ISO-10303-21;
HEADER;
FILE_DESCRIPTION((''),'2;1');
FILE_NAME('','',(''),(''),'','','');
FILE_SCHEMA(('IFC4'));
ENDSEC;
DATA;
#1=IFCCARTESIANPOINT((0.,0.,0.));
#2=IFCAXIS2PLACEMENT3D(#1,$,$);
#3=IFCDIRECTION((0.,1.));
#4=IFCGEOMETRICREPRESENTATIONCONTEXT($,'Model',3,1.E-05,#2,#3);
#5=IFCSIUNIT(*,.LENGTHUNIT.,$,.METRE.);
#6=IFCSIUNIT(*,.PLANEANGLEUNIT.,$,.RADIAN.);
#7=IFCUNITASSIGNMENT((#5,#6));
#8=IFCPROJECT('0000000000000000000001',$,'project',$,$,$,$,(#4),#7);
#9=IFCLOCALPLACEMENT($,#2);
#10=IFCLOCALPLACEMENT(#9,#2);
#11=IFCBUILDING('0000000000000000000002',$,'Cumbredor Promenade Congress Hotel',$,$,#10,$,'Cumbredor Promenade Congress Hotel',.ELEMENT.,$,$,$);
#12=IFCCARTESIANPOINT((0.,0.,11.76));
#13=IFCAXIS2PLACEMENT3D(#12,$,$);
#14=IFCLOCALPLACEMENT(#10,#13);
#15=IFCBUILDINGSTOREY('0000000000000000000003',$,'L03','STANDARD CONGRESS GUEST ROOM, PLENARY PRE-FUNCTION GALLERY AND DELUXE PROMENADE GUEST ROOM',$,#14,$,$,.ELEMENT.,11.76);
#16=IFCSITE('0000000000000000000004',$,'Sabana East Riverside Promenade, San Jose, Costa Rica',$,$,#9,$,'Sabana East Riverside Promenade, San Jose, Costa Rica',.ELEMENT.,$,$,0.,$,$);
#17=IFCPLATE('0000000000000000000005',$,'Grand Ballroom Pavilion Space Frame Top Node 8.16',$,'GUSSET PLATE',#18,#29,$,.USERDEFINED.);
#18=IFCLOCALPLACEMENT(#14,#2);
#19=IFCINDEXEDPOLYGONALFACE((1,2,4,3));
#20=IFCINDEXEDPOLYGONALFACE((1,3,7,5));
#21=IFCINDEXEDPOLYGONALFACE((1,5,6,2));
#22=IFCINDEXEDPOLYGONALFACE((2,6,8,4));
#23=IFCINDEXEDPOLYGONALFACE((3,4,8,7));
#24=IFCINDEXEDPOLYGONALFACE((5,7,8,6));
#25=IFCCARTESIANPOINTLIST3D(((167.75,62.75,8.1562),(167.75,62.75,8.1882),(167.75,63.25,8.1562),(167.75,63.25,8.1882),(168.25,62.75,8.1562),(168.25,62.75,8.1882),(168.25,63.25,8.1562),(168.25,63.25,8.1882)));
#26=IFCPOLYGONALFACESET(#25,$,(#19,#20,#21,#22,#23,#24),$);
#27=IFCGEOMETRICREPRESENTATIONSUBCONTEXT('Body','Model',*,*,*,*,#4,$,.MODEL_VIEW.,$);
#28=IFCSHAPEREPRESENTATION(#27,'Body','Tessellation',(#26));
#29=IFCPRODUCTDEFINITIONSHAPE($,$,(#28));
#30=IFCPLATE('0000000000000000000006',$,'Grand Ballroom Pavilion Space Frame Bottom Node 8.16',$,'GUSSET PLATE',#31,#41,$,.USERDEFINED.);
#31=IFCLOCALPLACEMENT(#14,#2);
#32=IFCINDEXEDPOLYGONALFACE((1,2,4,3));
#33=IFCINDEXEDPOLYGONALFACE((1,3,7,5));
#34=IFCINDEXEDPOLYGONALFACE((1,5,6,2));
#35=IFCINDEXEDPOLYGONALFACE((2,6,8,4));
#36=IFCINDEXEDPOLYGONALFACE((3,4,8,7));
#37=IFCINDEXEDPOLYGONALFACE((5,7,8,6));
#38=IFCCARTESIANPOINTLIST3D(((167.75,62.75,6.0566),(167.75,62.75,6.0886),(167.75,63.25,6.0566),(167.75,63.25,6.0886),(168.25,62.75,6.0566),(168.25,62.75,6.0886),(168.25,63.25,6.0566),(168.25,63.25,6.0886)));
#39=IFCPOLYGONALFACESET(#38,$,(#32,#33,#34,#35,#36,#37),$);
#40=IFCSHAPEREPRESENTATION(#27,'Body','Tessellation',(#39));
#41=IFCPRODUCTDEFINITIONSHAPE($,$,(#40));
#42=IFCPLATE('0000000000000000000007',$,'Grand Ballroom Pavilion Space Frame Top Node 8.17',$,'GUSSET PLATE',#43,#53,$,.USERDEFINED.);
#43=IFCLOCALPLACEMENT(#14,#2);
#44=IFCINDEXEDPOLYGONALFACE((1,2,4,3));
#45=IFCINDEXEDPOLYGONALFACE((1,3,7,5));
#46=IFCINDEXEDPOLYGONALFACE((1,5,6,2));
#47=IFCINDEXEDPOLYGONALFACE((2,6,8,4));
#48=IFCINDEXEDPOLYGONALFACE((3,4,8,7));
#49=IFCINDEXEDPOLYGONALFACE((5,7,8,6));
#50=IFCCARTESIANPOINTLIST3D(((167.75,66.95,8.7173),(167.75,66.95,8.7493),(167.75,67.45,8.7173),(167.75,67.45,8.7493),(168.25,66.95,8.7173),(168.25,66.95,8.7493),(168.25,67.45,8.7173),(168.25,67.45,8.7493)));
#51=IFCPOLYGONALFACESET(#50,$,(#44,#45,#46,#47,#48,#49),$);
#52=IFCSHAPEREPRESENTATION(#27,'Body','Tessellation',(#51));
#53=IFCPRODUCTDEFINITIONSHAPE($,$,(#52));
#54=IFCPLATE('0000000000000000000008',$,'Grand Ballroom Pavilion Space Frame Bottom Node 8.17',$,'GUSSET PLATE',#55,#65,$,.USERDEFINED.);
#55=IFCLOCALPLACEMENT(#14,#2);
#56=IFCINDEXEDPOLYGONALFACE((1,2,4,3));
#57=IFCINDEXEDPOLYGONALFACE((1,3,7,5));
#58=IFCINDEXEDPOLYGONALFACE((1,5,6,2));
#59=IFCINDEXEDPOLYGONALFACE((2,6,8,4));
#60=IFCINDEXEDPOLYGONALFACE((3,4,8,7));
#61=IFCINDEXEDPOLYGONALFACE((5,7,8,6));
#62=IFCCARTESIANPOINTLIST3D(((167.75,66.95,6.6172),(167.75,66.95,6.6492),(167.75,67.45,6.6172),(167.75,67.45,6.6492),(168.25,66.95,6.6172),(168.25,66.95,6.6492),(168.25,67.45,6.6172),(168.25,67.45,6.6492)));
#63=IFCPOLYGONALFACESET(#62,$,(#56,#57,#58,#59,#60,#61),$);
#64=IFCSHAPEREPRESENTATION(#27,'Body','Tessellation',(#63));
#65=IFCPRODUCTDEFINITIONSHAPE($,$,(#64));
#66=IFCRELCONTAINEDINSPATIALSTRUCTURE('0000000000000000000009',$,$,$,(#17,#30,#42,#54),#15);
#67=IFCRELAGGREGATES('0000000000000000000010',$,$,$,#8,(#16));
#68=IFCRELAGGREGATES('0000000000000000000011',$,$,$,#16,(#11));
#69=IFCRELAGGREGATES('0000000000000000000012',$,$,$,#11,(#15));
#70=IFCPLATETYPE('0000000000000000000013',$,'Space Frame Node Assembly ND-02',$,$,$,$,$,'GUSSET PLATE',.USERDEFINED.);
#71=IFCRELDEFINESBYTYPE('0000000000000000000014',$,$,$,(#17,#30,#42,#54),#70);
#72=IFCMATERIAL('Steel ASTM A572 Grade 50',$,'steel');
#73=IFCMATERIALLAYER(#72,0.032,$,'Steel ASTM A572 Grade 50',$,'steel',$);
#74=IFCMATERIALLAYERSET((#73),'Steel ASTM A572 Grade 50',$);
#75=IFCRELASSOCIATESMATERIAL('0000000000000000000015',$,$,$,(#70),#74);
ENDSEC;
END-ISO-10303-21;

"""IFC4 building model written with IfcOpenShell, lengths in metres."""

from ifc_helpers import new_model, si_unit, direction, frame, origin, origin_2d, place, context, subcontext, project, spatial, rectangle, extrude, material, layer, layer_set, type_object, element, save


model = new_model("IFC4")

# Units and contexts
model_context = context("Model", 3, precision=1e-05, world=origin(), true_north=direction((0.0, 1.0)))
body_context = subcontext(model_context, "Body", "Model", "MODEL_VIEW")
ifc_project = project(units=[si_unit("LENGTHUNIT", "METRE"), si_unit("PLANEANGLEUNIT", "RADIAN")], contexts=[model_context])

# Site, building, storey
site_placement = place(None, origin())
site = spatial("IfcSite", under=ifc_project, at=site_placement, Name="Sabana East Riverside Promenade, San Jose, Costa Rica", LongName="Sabana East Riverside Promenade, San Jose, Costa Rica", CompositionType="ELEMENT", RefElevation=0.0)
building_placement = place(site_placement, origin())
building = spatial("IfcBuilding", under=site, at=building_placement, Name="Cumbredor Promenade Congress Hotel", LongName="Cumbredor Promenade Congress Hotel", CompositionType="ELEMENT")
storey_placement = place(building_placement, frame((0.0, 0.0, 11.76)))
storey = spatial("IfcBuildingStorey", under=building, at=storey_placement, Name="L03", Description="STANDARD CONGRESS GUEST ROOM, PLENARY PRE-FUNCTION GALLERY AND DELUXE PROMENADE GUEST ROOM", CompositionType="ELEMENT", Elevation=11.76)

# Plates
ifc_material_1 = material(Name="Steel ASTM A572 Grade 50", Category="steel")
ifc_layer_1 = layer(ifc_material_1, 0.032, Name="Steel ASTM A572 Grade 50", Category="steel")
ifc_layer_set_1 = layer_set([ifc_layer_1], Name="Steel ASTM A572 Grade 50")
plate_type_1 = type_object("IfcPlateType", Name="Space Frame Node Assembly ND-02", ElementType="GUSSET PLATE", PredefinedType="USERDEFINED", material=ifc_layer_set_1)
for number, where, z_axis, x_axis, name in (
    (1, (168.0, 63.0, 8.1562), (0.0, 0.0, 1.0), (1.0, 0.0, 0.0), "Grand Ballroom Pavilion Space Frame Top Node 8.16"),
    (2, (168.0, 63.0, 6.0566), (0.0, 0.0, 1.0), (1.0, 0.0, 0.0), "Grand Ballroom Pavilion Space Frame Bottom Node 8.16"),
    (3, (168.0, 67.2, 8.7173), (0.0, 0.0, 1.0), (1.0, 0.0, 0.0), "Grand Ballroom Pavilion Space Frame Top Node 8.17"),
    (4, (168.0, 67.2, 6.6172), (0.0, 0.0, 1.0), (1.0, 0.0, 0.0), "Grand Ballroom Pavilion Space Frame Bottom Node 8.17"),
):
    element("IfcPlate", number, at=place(storey_placement, frame(where, z_axis=z_axis, x_axis=x_axis)), inside=storey, type_object=plate_type_1, Name=name, ObjectType="GUSSET PLATE", PredefinedType="USERDEFINED", context=body_context, shape_type="SweptSolid", body=[
        extrude(rectangle(XDim=0.5, YDim=0.5, at=origin_2d()), origin(), (0.0, 0.0, 1.0), 0.032),
    ])

save(model, "model.ifc")
